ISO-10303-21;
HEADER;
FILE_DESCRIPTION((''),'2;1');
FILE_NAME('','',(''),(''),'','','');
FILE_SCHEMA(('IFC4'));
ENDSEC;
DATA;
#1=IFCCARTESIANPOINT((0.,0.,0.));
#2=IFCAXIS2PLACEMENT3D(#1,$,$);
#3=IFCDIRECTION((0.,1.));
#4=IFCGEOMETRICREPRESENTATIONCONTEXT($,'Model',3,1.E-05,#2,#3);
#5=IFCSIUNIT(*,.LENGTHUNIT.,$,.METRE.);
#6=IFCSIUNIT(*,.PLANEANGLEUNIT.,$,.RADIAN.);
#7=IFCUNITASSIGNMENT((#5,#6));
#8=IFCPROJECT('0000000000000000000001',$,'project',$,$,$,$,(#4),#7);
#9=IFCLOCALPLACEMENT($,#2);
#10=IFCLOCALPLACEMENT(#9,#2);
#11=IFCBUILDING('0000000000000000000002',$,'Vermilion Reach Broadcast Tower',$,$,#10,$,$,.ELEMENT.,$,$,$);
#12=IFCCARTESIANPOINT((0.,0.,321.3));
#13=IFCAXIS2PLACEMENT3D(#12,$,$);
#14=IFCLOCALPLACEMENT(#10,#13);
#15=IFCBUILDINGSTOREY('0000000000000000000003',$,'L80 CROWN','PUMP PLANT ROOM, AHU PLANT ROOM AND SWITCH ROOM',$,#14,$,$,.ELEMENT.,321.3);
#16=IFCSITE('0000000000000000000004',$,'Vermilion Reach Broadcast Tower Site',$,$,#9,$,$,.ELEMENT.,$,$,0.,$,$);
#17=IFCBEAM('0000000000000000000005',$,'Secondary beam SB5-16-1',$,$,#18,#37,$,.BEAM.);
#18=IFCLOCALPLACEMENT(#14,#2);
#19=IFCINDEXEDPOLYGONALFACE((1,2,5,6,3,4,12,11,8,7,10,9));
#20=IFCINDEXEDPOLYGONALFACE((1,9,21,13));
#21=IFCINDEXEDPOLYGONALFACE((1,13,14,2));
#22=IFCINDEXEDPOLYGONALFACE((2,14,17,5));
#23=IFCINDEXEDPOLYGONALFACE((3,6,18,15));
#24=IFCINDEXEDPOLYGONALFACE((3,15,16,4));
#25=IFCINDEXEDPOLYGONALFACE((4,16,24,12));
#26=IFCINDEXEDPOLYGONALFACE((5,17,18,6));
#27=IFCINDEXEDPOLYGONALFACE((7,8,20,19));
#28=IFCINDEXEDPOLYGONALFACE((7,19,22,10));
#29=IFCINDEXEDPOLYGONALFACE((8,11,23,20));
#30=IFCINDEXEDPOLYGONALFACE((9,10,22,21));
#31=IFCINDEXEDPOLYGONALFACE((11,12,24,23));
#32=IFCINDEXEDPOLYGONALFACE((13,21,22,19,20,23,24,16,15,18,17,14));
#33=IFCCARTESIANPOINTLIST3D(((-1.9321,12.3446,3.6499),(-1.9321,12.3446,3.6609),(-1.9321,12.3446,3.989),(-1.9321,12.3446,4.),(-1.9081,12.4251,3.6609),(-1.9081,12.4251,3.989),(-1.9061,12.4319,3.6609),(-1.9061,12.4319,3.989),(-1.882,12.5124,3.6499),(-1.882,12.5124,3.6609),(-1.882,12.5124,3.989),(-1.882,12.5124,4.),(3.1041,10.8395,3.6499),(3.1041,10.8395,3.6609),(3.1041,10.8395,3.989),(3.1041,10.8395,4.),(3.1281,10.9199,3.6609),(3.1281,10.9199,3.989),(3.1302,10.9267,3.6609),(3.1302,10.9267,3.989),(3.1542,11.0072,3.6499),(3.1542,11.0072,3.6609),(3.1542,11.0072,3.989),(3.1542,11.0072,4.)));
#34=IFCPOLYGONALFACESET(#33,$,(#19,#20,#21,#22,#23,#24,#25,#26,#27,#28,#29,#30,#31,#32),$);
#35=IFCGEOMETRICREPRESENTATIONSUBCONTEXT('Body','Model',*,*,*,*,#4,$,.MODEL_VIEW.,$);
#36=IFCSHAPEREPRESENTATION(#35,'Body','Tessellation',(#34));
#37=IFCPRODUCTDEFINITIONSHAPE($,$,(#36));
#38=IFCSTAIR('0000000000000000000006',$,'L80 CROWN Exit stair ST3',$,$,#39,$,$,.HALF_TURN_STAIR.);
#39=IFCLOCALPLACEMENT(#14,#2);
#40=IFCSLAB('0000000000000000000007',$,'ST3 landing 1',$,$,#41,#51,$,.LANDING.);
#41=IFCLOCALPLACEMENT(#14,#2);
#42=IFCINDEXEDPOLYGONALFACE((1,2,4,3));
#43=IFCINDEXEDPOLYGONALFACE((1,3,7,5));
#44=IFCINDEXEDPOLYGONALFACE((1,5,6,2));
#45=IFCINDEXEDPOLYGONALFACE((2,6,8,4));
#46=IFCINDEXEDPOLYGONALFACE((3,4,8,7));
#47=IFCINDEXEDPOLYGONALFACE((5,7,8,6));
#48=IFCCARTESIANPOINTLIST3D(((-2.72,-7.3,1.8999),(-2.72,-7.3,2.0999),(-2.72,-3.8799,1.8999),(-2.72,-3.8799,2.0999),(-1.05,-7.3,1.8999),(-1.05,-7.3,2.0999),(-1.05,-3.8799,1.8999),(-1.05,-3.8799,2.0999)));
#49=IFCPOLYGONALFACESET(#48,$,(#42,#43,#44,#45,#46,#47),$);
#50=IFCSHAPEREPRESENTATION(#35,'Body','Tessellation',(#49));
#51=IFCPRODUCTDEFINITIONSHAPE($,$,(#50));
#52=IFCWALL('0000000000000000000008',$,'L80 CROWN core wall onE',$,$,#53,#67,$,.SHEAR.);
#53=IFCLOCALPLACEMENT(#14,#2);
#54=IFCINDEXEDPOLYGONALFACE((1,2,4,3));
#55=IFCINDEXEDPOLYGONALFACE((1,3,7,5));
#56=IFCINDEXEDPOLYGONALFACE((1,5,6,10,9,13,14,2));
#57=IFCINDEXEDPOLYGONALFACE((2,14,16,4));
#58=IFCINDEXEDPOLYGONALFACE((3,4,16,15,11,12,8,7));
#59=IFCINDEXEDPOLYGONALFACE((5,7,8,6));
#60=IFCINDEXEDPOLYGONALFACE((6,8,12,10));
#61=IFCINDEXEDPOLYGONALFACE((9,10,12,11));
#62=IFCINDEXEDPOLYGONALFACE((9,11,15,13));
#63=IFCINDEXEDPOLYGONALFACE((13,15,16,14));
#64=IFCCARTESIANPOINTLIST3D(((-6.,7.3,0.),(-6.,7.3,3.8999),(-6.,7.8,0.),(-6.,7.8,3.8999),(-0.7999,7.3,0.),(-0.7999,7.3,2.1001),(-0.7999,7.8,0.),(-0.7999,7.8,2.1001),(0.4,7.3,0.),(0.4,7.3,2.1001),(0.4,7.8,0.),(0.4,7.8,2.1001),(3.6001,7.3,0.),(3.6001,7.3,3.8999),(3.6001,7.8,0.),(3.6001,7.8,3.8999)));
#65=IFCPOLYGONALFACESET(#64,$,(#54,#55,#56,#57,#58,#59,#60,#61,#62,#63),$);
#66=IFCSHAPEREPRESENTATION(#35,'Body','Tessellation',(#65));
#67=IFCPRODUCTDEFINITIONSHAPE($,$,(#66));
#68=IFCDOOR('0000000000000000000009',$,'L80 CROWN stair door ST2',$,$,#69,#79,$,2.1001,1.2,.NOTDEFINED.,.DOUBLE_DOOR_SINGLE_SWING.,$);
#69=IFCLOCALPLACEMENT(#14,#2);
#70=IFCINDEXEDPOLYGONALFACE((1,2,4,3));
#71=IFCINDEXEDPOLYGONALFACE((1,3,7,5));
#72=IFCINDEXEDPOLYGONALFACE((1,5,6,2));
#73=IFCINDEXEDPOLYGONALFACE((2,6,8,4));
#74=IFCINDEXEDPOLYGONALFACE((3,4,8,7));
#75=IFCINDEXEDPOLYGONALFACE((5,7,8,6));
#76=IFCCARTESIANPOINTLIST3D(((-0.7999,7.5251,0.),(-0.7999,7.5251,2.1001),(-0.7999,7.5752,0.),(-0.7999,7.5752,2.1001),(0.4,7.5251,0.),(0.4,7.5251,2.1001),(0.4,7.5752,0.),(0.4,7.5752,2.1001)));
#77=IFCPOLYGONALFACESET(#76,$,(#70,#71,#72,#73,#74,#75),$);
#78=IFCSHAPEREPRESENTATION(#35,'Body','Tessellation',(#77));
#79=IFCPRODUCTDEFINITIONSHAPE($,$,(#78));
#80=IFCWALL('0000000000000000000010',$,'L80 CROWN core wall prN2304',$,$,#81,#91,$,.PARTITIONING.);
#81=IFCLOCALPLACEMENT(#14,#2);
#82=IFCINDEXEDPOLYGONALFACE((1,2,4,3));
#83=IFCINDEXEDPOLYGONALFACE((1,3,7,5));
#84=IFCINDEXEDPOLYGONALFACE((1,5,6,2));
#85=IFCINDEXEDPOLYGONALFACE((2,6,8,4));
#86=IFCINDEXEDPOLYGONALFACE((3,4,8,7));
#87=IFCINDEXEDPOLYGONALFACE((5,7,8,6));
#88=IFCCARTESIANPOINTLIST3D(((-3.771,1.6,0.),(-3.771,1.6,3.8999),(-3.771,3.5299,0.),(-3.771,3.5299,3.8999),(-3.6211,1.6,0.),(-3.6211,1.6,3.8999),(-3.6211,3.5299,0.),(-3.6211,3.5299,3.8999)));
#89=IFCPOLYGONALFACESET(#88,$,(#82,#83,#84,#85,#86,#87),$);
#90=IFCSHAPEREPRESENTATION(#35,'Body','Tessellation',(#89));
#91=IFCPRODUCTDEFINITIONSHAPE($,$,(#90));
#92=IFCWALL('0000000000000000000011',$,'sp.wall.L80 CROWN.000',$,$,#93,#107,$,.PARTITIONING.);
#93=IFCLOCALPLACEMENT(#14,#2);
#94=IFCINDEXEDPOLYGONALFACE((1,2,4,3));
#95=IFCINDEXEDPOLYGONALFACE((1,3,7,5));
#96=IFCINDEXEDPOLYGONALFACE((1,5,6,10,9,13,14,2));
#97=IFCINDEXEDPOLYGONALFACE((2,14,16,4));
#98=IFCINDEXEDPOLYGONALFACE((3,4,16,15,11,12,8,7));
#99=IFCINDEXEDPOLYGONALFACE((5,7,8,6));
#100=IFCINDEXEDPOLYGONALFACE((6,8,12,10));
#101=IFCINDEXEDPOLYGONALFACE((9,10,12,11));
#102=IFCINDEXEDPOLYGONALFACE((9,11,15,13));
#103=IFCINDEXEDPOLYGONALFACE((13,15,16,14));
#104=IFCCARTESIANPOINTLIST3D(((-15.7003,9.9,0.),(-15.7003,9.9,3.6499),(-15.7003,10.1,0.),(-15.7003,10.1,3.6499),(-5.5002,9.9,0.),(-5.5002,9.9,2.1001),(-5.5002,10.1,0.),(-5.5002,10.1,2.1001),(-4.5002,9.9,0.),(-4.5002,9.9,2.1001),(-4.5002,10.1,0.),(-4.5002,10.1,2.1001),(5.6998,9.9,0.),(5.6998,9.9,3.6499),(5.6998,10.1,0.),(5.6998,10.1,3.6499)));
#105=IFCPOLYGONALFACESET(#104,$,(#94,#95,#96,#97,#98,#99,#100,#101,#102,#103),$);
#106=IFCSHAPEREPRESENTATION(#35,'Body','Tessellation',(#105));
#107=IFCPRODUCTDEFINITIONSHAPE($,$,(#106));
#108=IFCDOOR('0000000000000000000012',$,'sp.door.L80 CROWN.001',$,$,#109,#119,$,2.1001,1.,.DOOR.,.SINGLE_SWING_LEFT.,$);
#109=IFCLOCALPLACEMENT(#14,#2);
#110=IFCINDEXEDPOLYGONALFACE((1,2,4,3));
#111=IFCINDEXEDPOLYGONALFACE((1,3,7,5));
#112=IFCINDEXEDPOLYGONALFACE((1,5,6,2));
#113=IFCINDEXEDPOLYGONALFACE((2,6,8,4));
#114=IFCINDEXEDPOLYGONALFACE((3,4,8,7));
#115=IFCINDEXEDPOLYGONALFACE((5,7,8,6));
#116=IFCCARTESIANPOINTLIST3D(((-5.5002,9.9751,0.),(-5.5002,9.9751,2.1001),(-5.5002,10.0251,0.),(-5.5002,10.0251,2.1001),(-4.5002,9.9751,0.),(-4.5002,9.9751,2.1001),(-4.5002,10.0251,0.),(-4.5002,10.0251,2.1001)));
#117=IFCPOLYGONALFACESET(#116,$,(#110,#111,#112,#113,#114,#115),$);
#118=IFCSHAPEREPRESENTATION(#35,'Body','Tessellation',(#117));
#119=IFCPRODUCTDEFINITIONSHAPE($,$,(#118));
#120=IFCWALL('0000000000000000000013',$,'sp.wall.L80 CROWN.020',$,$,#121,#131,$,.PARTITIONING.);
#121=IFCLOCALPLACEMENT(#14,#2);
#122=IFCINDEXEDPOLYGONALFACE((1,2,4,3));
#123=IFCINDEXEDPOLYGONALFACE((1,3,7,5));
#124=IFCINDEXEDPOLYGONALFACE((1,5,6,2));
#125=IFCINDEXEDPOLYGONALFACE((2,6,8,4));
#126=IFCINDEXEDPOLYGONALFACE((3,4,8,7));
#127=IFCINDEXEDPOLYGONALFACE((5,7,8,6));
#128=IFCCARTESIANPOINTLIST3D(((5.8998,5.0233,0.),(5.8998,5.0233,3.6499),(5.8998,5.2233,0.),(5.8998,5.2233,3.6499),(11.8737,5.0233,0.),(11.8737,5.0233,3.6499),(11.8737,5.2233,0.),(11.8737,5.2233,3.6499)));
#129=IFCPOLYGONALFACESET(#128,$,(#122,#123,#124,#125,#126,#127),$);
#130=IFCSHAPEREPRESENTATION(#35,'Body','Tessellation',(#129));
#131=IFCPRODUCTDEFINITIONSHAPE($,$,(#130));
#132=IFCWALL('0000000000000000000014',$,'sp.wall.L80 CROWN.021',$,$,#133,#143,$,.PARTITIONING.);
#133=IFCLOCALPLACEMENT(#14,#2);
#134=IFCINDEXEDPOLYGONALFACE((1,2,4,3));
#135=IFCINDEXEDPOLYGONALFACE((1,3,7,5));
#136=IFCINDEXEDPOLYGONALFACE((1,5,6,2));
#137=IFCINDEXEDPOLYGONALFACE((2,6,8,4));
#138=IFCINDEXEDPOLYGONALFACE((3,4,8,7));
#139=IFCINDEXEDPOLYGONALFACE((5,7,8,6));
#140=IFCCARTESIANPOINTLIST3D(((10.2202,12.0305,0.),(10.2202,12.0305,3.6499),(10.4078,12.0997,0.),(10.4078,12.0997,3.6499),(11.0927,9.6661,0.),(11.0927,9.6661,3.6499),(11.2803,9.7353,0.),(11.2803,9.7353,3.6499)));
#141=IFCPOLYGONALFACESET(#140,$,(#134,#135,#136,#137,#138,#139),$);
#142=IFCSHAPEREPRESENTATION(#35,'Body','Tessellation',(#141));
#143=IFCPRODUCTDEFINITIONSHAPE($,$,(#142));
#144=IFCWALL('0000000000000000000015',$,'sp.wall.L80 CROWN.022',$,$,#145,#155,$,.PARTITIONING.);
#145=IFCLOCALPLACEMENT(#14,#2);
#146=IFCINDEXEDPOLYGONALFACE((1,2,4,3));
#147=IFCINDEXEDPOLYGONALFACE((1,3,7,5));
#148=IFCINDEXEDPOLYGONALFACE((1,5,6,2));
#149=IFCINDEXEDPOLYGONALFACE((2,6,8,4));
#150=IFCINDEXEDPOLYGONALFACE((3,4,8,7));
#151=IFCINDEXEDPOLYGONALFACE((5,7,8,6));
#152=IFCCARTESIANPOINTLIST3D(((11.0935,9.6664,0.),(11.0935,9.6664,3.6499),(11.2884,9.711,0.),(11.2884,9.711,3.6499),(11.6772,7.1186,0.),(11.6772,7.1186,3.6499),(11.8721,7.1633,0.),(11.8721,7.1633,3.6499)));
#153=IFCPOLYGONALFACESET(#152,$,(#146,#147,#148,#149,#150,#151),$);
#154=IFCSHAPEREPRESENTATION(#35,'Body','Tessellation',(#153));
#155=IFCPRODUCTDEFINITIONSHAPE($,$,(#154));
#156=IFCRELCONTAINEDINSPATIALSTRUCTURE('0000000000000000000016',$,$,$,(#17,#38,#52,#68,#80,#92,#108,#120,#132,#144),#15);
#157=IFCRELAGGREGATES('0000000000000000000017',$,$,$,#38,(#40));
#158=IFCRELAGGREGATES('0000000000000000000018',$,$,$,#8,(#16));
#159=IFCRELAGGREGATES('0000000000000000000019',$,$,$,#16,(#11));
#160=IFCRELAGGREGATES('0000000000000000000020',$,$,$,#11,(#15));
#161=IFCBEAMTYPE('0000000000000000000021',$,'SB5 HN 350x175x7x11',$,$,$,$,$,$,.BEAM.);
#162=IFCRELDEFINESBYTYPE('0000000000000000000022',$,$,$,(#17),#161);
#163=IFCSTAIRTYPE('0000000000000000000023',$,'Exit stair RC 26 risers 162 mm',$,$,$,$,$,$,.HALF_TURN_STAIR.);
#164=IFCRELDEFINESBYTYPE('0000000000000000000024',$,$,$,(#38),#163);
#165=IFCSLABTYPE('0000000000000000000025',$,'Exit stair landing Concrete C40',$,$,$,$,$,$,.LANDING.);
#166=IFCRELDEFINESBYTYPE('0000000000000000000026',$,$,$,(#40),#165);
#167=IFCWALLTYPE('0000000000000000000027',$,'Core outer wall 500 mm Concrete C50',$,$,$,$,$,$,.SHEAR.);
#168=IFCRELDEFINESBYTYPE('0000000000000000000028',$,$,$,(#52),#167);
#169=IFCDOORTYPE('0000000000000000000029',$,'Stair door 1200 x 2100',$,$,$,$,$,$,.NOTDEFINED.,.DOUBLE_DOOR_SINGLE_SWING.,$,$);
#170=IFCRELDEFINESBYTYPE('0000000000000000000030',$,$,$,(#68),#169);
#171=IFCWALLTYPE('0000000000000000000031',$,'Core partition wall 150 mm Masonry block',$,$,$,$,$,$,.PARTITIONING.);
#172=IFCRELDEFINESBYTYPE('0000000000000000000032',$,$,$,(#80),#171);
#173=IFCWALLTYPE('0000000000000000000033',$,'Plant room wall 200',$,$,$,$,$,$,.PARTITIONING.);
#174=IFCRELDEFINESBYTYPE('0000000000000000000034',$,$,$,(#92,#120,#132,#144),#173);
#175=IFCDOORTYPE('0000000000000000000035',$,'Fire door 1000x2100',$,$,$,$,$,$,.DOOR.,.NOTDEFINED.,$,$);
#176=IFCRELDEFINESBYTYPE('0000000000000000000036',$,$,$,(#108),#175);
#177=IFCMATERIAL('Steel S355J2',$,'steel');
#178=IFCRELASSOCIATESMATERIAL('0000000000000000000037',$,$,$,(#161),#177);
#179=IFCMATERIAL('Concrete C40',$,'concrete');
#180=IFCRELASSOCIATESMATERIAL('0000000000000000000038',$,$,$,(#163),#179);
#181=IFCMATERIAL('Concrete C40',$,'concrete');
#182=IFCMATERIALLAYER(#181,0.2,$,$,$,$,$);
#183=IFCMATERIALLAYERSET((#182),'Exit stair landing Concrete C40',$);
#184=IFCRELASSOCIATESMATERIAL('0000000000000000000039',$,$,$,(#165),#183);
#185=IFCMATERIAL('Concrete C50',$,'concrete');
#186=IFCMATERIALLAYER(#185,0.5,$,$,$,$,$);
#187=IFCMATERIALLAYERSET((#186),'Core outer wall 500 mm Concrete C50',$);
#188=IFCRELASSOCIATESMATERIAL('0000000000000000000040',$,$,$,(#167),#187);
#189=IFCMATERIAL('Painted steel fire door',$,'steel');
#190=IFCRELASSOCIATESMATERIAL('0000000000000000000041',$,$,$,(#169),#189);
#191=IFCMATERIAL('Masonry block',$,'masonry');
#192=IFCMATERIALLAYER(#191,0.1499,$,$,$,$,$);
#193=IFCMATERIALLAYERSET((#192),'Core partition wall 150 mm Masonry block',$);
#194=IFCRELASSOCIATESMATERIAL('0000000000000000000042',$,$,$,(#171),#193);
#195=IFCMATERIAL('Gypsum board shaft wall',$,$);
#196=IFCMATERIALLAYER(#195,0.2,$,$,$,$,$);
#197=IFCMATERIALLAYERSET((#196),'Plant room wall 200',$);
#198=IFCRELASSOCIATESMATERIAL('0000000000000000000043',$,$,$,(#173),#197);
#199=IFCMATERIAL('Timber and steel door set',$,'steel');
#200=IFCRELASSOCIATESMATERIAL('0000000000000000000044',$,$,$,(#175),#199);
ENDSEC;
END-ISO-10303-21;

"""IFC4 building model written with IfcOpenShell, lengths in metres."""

from ifc_helpers import new_model, si_unit, direction, frame, frame_2d, origin, origin_2d, place, context, subcontext, project, spatial, polyline, rectangle, i_section, outline, extrude, material, layer, layer_set, material_profile, profile_set, type_object, element, fill, aggregate, save


model = new_model("IFC4")

# Units and contexts
model_context = context("Model", 3, precision=1e-05, world=origin(), true_north=direction((0.0, 1.0)))
body_context = subcontext(model_context, "Body", "Model", "MODEL_VIEW")
ifc_project = project(units=[si_unit("LENGTHUNIT", "METRE"), si_unit("PLANEANGLEUNIT", "RADIAN")], contexts=[model_context])

# Site, building, storey
site_placement = place(None, origin())
site = spatial("IfcSite", under=ifc_project, at=site_placement, Name="Vermilion Reach Broadcast Tower Site", CompositionType="ELEMENT", RefElevation=0.0)
building_placement = place(site_placement, origin())
building = spatial("IfcBuilding", under=site, at=building_placement, Name="Vermilion Reach Broadcast Tower", CompositionType="ELEMENT")
storey_placement = place(building_placement, frame((0.0, 0.0, 321.3)))
storey = spatial("IfcBuildingStorey", under=building, at=storey_placement, Name="L80 CROWN", Description="PUMP PLANT ROOM, AHU PLANT ROOM AND SWITCH ROOM", CompositionType="ELEMENT", Elevation=321.3)

# Beam
ifc_material_1 = material(Name="Steel S355J2", Category="steel")
ifc_material_profile_1 = material_profile(ifc_material_1, i_section(OverallWidth=0.175, OverallDepth=0.3501, WebThickness=0.0071, FlangeThickness=0.011, at=origin_2d()), Name="S355J2 HN 350x175x7x11")
ifc_profile_set_1 = profile_set([ifc_material_profile_1], Name="Steel S355J2")
beam_type_1 = type_object("IfcBeamType", Name="SB5 HN 350x175x7x11", PredefinedType="BEAM", material=ifc_profile_set_1)
beam_1_placement = place(storey_placement, frame((3.1292, 10.9233, 3.825), z_axis=(-0.958125, 0.286351, 0.0), x_axis=(-0.286351, -0.958125, 0.0)))
element("IfcBeam", 1, at=beam_1_placement, inside=storey, type_object=beam_type_1, Name="Secondary beam SB5-16-1", PredefinedType="BEAM", context=body_context, shape_type="SweptSolid", body=[
    extrude(i_section(OverallWidth=0.175, OverallDepth=0.3501, WebThickness=0.0071, FlangeThickness=0.011, at=origin_2d()), origin(), (0.0, 0.0, 1.0), 5.2563),
])

# Stair, slab
ifc_material_2 = material(Name="Concrete C40", Category="concrete")
stair_type = type_object("IfcStairType", Name="Exit stair RC 26 risers 162 mm", PredefinedType="HALF_TURN_STAIR", material=ifc_material_2)
placement = place(storey_placement, origin())
stair_1 = element("IfcStair", 2, at=placement, inside=storey, type_object=stair_type, Name="L80 CROWN Exit stair ST3", PredefinedType="HALF_TURN_STAIR")
ifc_material_3 = material(Name="Concrete C40", Category="concrete")
ifc_layer_1 = layer(ifc_material_3, 0.2)
ifc_layer_set_1 = layer_set([ifc_layer_1], Name="Exit stair landing Concrete C40")
slab_type = type_object("IfcSlabType", Name="Exit stair landing Concrete C40", PredefinedType="LANDING", material=ifc_layer_set_1)
slab_placement = place(storey_placement, frame((0.0, 0.0, 1.8999)))
slab = element("IfcSlab", 3, at=slab_placement, type_object=slab_type, Name="ST3 landing 1", PredefinedType="LANDING", context=body_context, shape_type="SweptSolid", body=[
    extrude(outline(polyline([(-2.72, -7.3), (-1.05, -7.3), (-1.05, -3.8799), (-2.72, -3.8799), (-2.72, -7.3)])), origin(), (0.0, 0.0, 1.0), 0.2),
])
aggregate(stair_1, [slab])

# Wall, opening, door
ifc_material_4 = material(Name="Concrete C50", Category="concrete")
ifc_layer_2 = layer(ifc_material_4, 0.5)
ifc_layer_set_2 = layer_set([ifc_layer_2], Name="Core outer wall 500 mm Concrete C50")
wall_type_1 = type_object("IfcWallType", Name="Core outer wall 500 mm Concrete C50", PredefinedType="SHEAR", material=ifc_layer_set_2)
wall_1_placement = place(storey_placement, frame((3.6001, 7.55, 0.0), z_axis=(0.0, 0.0, 1.0), x_axis=(-1.0, 0.0, 0.0)))
wall_1 = element("IfcWall", 4, at=wall_1_placement, inside=storey, type_object=wall_type_1, Name="L80 CROWN core wall onE", PredefinedType="SHEAR", context=body_context, shape_type="SweptSolid", body=[
    extrude(rectangle(XDim=9.6001, YDim=0.5, at=frame_2d((4.8, 0.0))), origin(), (0.0, 0.0, 1.0), 3.8999),
])
opening_1_placement = place(wall_1_placement, frame((3.2, 0.0, 0.0)))
opening_1 = element("IfcOpeningElement", 5, at=opening_1_placement, cuts=wall_1, PredefinedType="OPENING", context=body_context, shape_type="SweptSolid", body=[
    extrude(rectangle(XDim=1.2, YDim=2.1001, at=frame_2d((0.6001, 1.05))), frame((0.0, 0.26, 0.0), z_axis=(0.0, -1.0, 0.0), x_axis=(1.0, 0.0, 0.0)), (0.0, 0.0, 1.0), 0.52),
])
ifc_material_5 = material(Name="Painted steel fire door", Category="steel")
door_type_1 = type_object("IfcDoorType", Name="Stair door 1200 x 2100", OperationType="DOUBLE_DOOR_SINGLE_SWING", PredefinedType="NOTDEFINED", material=ifc_material_5)
door_1_placement = place(opening_1_placement, origin())
door_1 = element("IfcDoor", 6, at=door_1_placement, inside=storey, type_object=door_type_1, Name="L80 CROWN stair door ST2", OperationType="DOUBLE_DOOR_SINGLE_SWING", OverallHeight=2.1001, OverallWidth=1.2, PredefinedType="NOTDEFINED", context=body_context, shape_type="SweptSolid", body=[
    extrude(rectangle(XDim=1.2, YDim=2.1001, at=frame_2d((0.6001, 1.05))), frame((0.0, 0.0249, 0.0), z_axis=(0.0, -1.0, 0.0), x_axis=(1.0, 0.0, 0.0)), (0.0, 0.0, 1.0), 0.05),
])
fill(opening_1, door_1)

# Wall
ifc_material_6 = material(Name="Masonry block", Category="masonry")
ifc_layer_3 = layer(ifc_material_6, 0.1499)
ifc_layer_set_3 = layer_set([ifc_layer_3], Name="Core partition wall 150 mm Masonry block")
wall_type_2 = type_object("IfcWallType", Name="Core partition wall 150 mm Masonry block", PredefinedType="PARTITIONING", material=ifc_layer_set_3)
wall_2_placement = place(storey_placement, frame((-3.696, 1.6001, 0.0), z_axis=(0.0, 0.0, 1.0), x_axis=(0.0, 1.0, 0.0)))
element("IfcWall", 7, at=wall_2_placement, inside=storey, type_object=wall_type_2, Name="L80 CROWN core wall prN2304", PredefinedType="PARTITIONING", context=body_context, shape_type="SweptSolid", body=[
    extrude(rectangle(XDim=1.9299, YDim=0.1499, at=frame_2d((0.9648, 0.0))), origin(), (0.0, 0.0, 1.0), 3.8999),
])

# Wall, opening, door
ifc_material_7 = material(Name="Gypsum board shaft wall")
ifc_layer_4 = layer(ifc_material_7, 0.2)
ifc_layer_set_4 = layer_set([ifc_layer_4], Name="Plant room wall 200")
wall_type_3 = type_object("IfcWallType", Name="Plant room wall 200", PredefinedType="PARTITIONING", material=ifc_layer_set_4)
wall_3_placement = place(storey_placement, frame((5.7, 10.0, 0.0), z_axis=(0.0, 0.0, 1.0), x_axis=(-1.0, 0.0, 0.0)))
wall_3 = element("IfcWall", 8, at=wall_3_placement, inside=storey, type_object=wall_type_3, Name="sp.wall.L80 CROWN.000", PredefinedType="PARTITIONING", context=body_context, shape_type="SweptSolid", body=[
    extrude(rectangle(XDim=21.4001, YDim=0.2, at=frame_2d((10.7002, 0.0))), origin(), (0.0, 0.0, 1.0), 3.6499),
])
opening_2_placement = place(wall_3_placement, frame((10.2002, 0.0, 0.0)))
opening_2 = element("IfcOpeningElement", 9, at=opening_2_placement, cuts=wall_3, PredefinedType="OPENING", context=body_context, shape_type="SweptSolid", body=[
    extrude(rectangle(XDim=1.0, YDim=2.1001, at=frame_2d((0.5, 1.05))), frame((0.0, 0.1099, 0.0), z_axis=(0.0, -1.0, 0.0), x_axis=(1.0, 0.0, 0.0)), (0.0, 0.0, 1.0), 0.22),
])
ifc_material_8 = material(Name="Timber and steel door set", Category="steel")
door_type_2 = type_object("IfcDoorType", Name="Fire door 1000x2100", OperationType="NOTDEFINED", PredefinedType="DOOR", material=ifc_material_8)
door_2_placement = place(opening_2_placement, origin())
door_2 = element("IfcDoor", 10, at=door_2_placement, inside=storey, type_object=door_type_2, Name="sp.door.L80 CROWN.001", OperationType="SINGLE_SWING_LEFT", OverallHeight=2.1001, OverallWidth=1.0, PredefinedType="DOOR", context=body_context, shape_type="SweptSolid", body=[
    extrude(rectangle(XDim=1.0, YDim=2.1001, at=frame_2d((0.5, 1.05))), frame((0.0, 0.0249, 0.0), z_axis=(0.0, -1.0, 0.0), x_axis=(1.0, 0.0, 0.0)), (0.0, 0.0, 1.0), 0.05),
])
fill(opening_2, door_2)

# Walls
wall_4_placement = place(storey_placement, frame((5.8999, 5.1233, 0.0), z_axis=(0.0, 0.0, 1.0), x_axis=(1.0, 0.0, 0.0)))
element("IfcWall", 11, at=wall_4_placement, inside=storey, type_object=wall_type_3, Name="sp.wall.L80 CROWN.020", PredefinedType="PARTITIONING", context=body_context, shape_type="SweptSolid", body=[
    extrude(rectangle(XDim=5.9739, YDim=0.2, at=frame_2d((2.9868, 0.0))), origin(), (0.0, 0.0, 1.0), 3.6499),
])
wall_5_placement = place(storey_placement, frame((10.314, 12.0652, 0.0), z_axis=(0.0, 0.0, 1.0), x_axis=(0.346204, -0.938159, 0.0)))
element("IfcWall", 12, at=wall_5_placement, inside=storey, type_object=wall_type_3, Name="sp.wall.L80 CROWN.021", PredefinedType="PARTITIONING", context=body_context, shape_type="SweptSolid", body=[
    extrude(rectangle(XDim=2.5203, YDim=0.2, at=frame_2d((1.2603, 0.0))), origin(), (0.0, 0.0, 1.0), 3.6499),
])
wall_6_placement = place(storey_placement, frame((11.1909, 9.6887, 0.0), z_axis=(0.0, 0.0, 1.0), x_axis=(0.223324, -0.974744, 0.0)))
element("IfcWall", 13, at=wall_6_placement, inside=storey, type_object=wall_type_3, Name="sp.wall.L80 CROWN.022", PredefinedType="PARTITIONING", context=body_context, shape_type="SweptSolid", body=[
    extrude(rectangle(XDim=2.6138, YDim=0.2, at=frame_2d((1.3069, 0.0))), origin(), (0.0, 0.0, 1.0), 3.6499),
])

save(model, "model.ifc")
